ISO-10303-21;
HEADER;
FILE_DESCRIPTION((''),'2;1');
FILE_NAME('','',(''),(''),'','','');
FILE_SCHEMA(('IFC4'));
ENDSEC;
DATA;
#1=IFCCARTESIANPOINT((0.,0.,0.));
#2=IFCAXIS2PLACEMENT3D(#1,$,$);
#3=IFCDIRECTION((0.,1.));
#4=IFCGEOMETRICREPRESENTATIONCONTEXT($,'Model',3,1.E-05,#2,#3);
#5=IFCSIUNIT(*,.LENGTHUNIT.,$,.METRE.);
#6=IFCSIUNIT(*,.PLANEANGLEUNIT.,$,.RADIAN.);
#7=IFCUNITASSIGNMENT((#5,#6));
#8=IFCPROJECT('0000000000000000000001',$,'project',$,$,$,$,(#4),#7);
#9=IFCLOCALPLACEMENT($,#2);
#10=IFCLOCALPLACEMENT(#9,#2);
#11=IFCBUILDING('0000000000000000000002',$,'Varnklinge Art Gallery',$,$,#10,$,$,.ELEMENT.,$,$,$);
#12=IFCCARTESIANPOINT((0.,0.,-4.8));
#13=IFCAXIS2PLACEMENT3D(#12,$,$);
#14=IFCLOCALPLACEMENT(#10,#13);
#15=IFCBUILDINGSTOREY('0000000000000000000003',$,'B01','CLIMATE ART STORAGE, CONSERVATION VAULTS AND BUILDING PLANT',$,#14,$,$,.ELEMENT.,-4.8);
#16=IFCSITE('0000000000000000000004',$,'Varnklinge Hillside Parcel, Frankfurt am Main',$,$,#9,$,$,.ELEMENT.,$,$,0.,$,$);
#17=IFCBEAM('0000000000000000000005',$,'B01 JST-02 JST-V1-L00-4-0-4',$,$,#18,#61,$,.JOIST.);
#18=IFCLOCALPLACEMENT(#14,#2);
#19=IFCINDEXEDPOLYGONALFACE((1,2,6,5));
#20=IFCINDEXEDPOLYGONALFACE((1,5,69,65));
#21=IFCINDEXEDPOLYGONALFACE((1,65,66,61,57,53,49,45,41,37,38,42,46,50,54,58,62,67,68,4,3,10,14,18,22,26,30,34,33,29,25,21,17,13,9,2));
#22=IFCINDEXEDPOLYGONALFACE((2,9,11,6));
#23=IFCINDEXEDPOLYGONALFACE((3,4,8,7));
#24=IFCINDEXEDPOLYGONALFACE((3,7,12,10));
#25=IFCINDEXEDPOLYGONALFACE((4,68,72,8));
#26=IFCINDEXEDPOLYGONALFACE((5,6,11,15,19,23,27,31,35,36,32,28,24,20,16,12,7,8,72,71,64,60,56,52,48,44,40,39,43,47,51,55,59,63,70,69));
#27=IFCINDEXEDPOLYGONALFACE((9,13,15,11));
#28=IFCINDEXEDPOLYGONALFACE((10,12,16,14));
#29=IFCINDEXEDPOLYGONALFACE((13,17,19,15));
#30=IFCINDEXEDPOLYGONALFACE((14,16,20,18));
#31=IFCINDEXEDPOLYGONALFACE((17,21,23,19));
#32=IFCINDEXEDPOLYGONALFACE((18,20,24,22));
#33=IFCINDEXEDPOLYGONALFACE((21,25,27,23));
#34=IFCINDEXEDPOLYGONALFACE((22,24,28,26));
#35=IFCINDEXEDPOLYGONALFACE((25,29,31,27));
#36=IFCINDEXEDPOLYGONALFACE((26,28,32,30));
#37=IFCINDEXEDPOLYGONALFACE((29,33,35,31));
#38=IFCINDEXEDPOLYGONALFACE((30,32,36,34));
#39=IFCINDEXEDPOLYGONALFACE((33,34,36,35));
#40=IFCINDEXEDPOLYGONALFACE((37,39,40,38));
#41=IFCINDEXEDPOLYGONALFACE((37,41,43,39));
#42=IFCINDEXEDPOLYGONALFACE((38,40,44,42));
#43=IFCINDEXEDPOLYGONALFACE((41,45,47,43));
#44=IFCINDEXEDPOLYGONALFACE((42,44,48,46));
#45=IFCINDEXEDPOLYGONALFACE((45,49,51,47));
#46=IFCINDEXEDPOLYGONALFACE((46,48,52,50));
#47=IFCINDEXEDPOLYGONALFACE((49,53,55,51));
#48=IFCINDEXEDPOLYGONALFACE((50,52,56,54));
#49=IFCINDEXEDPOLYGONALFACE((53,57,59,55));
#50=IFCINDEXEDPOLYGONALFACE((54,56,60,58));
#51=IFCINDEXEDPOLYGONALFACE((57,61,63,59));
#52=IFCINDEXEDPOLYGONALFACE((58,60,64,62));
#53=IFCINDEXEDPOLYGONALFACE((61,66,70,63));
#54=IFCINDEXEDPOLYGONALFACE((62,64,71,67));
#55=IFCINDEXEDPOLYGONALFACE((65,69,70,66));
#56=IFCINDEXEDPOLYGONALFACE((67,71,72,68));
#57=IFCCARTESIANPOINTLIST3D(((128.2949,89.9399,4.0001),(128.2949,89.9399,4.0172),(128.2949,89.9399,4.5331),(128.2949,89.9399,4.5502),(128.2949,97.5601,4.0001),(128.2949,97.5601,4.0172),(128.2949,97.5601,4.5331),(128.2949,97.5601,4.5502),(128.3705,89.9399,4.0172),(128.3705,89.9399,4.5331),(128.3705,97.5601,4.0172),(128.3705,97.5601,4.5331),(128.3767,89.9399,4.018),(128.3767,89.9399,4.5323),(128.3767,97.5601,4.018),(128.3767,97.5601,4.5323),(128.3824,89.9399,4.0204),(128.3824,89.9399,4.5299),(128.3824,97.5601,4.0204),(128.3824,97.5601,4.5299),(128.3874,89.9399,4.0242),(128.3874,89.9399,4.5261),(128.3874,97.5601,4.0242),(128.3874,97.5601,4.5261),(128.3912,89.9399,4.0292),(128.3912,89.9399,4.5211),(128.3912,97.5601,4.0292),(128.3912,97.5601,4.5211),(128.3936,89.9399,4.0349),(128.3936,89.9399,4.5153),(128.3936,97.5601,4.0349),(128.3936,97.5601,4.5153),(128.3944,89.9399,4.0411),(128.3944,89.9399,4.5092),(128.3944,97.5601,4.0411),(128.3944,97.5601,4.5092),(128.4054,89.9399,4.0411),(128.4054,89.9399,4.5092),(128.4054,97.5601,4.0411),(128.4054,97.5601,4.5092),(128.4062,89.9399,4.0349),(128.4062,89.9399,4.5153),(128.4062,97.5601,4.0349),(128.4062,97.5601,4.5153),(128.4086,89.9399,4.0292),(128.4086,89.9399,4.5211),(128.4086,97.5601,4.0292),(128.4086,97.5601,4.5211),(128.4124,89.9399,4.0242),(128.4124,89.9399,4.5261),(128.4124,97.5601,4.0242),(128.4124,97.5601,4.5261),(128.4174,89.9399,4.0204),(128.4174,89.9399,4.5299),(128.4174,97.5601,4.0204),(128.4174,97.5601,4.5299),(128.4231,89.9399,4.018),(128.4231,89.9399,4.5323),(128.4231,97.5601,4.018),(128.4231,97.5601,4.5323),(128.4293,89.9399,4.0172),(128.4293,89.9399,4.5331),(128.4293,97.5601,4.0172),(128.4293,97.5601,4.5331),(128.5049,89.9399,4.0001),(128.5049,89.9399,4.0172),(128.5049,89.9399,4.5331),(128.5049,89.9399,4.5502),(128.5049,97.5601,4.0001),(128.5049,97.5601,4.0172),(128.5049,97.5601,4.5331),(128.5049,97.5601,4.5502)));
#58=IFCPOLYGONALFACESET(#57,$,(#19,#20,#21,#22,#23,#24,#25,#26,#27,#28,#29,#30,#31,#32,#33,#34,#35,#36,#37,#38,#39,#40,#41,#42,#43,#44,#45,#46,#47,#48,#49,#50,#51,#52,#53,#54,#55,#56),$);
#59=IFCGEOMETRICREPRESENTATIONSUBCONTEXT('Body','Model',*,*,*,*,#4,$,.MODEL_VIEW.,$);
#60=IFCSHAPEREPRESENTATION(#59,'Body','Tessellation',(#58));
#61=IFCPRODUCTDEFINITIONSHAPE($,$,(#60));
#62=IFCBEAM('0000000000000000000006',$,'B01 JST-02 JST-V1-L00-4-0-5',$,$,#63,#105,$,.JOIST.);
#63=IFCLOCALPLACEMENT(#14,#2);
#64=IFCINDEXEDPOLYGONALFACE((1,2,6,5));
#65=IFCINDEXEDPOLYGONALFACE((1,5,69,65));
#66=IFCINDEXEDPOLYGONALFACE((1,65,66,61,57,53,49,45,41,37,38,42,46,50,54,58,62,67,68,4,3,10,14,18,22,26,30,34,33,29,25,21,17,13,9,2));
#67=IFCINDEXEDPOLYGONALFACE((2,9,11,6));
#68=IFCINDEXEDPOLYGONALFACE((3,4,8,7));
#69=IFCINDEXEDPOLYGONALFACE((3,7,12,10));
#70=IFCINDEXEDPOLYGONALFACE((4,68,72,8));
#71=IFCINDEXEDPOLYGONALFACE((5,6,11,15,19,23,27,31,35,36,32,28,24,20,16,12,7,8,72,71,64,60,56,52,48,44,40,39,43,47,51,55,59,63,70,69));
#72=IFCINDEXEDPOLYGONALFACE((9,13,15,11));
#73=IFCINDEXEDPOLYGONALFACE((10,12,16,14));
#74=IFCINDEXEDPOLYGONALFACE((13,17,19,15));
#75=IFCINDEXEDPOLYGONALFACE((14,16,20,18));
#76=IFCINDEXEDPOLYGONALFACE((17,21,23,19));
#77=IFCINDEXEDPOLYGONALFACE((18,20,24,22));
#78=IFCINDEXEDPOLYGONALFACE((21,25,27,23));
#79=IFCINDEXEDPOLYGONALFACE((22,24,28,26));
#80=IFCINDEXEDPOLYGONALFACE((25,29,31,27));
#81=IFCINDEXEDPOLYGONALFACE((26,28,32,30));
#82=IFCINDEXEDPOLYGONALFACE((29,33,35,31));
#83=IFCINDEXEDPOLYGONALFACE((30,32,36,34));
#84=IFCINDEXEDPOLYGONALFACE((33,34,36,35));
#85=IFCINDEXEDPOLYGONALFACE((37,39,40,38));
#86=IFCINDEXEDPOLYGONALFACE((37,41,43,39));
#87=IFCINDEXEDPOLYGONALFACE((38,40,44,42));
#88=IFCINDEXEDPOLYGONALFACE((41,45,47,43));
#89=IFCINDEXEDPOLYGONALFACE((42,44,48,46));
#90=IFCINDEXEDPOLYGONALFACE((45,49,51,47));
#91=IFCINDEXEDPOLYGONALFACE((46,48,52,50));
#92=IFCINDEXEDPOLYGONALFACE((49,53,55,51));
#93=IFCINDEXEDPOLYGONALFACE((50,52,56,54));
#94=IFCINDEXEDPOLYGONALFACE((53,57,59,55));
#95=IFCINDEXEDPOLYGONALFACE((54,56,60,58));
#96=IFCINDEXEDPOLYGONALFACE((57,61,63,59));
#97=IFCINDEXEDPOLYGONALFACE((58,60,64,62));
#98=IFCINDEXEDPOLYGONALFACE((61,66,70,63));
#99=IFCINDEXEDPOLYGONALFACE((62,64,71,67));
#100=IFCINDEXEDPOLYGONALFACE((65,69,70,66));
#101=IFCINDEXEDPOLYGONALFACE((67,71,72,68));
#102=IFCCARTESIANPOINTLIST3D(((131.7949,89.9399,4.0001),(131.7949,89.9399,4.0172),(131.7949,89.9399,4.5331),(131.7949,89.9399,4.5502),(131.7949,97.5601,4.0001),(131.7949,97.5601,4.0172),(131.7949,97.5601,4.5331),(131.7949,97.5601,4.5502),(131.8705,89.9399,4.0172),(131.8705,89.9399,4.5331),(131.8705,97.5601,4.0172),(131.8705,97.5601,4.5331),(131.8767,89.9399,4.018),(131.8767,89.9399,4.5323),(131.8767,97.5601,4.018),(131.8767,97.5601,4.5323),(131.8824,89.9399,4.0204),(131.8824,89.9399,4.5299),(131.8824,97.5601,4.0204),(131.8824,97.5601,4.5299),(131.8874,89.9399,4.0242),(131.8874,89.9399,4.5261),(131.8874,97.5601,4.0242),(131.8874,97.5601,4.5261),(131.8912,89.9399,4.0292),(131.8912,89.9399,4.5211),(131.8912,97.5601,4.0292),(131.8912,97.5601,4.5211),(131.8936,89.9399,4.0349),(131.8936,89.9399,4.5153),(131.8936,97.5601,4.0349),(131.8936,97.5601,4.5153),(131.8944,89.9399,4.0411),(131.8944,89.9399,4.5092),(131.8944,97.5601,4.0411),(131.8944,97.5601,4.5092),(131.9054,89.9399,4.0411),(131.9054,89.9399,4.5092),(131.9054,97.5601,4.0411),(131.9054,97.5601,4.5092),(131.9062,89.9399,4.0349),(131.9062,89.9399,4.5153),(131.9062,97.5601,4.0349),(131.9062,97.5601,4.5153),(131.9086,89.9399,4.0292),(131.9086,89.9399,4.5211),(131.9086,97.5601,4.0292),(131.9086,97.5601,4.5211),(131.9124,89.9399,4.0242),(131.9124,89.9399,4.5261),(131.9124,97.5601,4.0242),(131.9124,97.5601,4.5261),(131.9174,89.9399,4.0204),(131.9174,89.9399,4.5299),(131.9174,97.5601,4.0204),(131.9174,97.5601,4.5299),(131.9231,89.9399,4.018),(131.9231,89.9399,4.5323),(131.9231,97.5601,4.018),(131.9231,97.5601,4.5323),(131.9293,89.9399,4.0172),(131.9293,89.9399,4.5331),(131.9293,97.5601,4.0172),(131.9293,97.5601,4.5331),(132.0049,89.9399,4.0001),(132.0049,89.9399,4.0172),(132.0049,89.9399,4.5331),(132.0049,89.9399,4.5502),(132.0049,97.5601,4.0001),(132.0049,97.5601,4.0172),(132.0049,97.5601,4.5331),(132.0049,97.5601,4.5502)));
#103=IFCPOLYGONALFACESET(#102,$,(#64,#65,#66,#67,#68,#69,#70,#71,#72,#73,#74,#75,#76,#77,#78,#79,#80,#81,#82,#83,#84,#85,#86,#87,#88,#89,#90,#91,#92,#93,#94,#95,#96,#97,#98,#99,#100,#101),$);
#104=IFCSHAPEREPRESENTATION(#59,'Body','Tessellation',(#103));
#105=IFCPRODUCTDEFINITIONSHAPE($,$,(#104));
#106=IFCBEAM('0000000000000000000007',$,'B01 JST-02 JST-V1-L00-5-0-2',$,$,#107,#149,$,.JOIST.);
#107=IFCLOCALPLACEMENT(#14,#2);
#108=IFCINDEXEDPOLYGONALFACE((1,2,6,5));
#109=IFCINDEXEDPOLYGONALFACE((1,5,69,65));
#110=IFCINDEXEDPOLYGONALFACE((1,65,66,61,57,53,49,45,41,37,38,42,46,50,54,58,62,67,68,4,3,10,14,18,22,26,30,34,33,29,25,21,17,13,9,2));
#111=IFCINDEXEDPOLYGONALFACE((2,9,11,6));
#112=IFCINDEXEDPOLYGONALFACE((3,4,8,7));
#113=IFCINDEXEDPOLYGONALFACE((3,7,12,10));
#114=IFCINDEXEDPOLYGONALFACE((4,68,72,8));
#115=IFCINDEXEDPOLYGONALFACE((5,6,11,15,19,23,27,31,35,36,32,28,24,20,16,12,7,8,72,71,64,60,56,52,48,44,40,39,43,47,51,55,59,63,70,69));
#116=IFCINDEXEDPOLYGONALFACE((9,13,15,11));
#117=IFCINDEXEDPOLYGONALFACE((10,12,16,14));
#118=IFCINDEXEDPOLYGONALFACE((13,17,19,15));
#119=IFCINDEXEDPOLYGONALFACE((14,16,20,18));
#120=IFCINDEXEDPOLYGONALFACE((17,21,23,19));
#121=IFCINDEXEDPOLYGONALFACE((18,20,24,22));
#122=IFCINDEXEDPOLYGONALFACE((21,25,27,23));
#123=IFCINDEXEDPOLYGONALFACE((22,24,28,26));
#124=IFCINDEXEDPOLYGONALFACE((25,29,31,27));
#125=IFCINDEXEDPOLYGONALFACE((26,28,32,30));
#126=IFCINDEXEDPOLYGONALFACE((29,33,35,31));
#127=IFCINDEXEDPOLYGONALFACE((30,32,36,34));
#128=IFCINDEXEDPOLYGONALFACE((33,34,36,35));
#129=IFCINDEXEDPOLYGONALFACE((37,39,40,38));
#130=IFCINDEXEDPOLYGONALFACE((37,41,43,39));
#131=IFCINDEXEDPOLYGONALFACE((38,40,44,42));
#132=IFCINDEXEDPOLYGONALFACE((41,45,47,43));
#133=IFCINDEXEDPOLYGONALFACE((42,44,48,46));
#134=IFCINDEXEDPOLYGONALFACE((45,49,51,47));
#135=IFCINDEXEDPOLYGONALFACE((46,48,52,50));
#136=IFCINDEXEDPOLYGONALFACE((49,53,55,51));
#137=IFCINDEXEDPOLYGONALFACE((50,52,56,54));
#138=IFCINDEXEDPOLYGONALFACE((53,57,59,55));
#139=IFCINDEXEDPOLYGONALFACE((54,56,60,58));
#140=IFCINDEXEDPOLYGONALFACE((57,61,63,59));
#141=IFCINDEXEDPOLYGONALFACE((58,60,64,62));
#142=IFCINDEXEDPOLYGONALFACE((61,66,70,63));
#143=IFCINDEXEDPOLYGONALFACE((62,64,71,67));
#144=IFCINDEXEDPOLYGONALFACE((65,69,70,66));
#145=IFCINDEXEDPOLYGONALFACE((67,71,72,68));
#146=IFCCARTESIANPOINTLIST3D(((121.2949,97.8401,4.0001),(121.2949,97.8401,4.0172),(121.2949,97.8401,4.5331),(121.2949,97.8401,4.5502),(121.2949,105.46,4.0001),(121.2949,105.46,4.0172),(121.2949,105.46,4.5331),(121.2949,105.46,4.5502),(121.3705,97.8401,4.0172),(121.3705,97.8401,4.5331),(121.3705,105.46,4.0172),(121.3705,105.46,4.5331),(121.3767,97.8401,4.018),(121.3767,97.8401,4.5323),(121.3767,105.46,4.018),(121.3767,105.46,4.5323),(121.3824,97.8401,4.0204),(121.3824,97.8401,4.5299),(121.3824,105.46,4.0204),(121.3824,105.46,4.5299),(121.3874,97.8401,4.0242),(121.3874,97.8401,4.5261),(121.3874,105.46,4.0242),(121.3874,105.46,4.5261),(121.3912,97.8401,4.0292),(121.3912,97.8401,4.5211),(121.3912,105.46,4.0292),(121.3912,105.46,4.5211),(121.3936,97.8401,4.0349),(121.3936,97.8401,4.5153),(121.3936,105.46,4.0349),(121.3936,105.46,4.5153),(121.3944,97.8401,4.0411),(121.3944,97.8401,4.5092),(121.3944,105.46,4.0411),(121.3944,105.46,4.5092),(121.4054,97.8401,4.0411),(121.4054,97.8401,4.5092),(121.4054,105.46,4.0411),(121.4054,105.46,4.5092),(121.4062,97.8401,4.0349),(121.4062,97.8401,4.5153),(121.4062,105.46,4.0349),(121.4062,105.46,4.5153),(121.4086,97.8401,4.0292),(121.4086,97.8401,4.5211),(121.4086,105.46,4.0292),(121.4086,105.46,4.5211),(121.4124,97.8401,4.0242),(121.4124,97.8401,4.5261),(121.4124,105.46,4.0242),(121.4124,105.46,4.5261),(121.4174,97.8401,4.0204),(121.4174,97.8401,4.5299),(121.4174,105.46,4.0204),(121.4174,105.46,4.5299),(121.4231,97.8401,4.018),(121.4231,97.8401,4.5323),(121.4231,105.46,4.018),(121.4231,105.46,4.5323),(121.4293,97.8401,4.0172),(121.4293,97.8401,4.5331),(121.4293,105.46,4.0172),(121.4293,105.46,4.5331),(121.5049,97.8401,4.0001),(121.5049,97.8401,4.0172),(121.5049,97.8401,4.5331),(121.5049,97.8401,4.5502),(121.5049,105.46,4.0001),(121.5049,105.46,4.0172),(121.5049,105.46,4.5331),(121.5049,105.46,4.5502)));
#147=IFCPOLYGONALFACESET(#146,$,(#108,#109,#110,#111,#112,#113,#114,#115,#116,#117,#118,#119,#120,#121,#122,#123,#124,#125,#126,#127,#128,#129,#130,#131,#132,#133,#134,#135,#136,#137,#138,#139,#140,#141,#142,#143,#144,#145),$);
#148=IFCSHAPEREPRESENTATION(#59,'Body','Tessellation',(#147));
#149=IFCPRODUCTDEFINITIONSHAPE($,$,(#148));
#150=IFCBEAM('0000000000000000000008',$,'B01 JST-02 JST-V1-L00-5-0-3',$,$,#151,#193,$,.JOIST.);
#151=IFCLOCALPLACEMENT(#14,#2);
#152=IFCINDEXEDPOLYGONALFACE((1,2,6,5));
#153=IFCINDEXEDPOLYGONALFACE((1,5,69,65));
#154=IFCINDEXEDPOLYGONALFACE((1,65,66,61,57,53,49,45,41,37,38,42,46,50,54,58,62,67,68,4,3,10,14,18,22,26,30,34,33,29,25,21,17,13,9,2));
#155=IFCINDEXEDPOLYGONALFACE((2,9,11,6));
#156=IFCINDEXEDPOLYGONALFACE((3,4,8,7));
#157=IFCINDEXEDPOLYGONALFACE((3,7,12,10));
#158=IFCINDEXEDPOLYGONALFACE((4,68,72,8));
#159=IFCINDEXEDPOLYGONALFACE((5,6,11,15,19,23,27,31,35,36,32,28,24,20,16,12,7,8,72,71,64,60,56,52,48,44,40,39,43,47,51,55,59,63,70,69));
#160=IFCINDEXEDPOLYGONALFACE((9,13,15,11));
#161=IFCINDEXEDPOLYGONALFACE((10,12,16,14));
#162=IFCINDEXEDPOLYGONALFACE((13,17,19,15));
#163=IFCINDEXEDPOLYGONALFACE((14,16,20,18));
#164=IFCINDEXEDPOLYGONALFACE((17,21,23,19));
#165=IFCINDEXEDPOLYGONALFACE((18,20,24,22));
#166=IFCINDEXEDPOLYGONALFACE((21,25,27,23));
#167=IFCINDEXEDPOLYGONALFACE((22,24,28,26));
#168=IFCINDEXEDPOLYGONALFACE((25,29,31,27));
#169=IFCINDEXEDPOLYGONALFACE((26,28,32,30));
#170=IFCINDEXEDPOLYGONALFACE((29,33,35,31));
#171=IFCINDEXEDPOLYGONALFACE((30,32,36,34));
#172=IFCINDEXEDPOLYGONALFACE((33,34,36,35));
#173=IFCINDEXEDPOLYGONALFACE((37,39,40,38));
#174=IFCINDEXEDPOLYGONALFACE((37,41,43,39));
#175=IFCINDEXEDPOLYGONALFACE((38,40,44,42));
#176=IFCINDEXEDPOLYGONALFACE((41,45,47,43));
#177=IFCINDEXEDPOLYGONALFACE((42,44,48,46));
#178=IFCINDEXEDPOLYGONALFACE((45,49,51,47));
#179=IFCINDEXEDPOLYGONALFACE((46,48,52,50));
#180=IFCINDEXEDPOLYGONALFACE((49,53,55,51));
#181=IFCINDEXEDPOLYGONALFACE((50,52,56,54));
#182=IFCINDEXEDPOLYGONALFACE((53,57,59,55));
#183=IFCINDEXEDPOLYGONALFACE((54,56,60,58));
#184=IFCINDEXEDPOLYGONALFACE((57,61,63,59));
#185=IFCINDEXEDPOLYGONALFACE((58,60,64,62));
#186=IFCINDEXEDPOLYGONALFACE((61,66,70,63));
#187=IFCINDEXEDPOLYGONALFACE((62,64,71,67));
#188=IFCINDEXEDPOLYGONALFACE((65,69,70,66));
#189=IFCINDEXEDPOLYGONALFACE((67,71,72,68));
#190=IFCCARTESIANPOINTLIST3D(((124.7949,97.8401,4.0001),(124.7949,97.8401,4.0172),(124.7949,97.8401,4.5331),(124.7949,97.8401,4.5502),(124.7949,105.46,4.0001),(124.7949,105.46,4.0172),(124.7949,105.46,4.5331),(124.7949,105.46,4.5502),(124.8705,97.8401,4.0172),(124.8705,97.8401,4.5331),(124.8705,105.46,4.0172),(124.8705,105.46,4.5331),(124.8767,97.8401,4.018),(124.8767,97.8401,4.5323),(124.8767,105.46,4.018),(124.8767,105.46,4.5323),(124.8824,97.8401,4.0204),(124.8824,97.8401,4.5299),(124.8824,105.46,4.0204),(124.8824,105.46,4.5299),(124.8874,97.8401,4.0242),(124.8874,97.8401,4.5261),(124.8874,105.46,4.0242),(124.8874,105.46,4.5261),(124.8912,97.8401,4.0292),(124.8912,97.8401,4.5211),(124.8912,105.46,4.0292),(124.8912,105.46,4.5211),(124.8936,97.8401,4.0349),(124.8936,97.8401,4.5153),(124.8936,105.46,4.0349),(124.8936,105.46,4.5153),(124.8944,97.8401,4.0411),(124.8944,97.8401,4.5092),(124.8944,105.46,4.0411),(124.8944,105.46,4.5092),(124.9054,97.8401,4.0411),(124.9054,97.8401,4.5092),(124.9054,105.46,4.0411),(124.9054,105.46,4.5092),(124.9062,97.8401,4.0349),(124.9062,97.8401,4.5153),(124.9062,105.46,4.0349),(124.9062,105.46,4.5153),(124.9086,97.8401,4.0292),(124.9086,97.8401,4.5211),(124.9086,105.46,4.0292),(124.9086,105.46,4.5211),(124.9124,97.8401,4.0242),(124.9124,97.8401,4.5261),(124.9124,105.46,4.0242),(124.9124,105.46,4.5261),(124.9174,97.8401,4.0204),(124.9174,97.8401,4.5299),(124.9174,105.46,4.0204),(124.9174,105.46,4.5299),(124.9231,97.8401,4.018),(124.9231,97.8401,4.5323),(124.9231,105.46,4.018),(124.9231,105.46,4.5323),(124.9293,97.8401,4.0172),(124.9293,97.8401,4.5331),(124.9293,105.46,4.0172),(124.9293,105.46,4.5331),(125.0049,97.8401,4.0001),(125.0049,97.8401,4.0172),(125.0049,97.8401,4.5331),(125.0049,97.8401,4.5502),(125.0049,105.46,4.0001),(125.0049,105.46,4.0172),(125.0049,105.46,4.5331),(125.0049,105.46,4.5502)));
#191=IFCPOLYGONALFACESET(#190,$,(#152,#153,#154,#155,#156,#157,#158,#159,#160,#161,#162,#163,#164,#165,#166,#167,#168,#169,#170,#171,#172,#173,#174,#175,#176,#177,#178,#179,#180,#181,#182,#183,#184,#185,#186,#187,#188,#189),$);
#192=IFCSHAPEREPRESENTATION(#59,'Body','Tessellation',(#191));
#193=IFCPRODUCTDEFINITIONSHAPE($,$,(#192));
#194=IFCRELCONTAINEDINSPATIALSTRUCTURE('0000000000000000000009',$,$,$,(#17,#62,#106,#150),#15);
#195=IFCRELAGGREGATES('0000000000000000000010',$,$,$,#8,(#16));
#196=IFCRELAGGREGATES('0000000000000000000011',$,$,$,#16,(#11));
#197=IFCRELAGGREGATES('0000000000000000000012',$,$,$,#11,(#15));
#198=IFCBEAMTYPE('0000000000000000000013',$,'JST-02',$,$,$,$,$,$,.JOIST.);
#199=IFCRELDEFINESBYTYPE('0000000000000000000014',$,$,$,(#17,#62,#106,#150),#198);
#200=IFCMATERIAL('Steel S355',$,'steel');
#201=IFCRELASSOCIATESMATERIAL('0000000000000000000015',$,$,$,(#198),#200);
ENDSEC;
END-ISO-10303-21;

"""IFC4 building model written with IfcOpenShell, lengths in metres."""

from ifc_helpers import new_model, si_unit, direction, frame, origin, origin_2d, place, context, subcontext, project, spatial, i_section, extrude, material, material_profile, profile_set, type_object, element, save


model = new_model("IFC4")

# Units and contexts
model_context = context("Model", 3, precision=1e-05, world=origin(), true_north=direction((0.0, 1.0)))
body_context = subcontext(model_context, "Body", "Model", "MODEL_VIEW")
ifc_project = project(units=[si_unit("LENGTHUNIT", "METRE"), si_unit("PLANEANGLEUNIT", "RADIAN")], contexts=[model_context])

# Site, building, storey
site_placement = place(None, origin())
site = spatial("IfcSite", under=ifc_project, at=site_placement, Name="Varnklinge Hillside Parcel, Frankfurt am Main", CompositionType="ELEMENT", RefElevation=0.0)
building_placement = place(site_placement, origin())
building = spatial("IfcBuilding", under=site, at=building_placement, Name="Varnklinge Art Gallery", CompositionType="ELEMENT")
storey_placement = place(building_placement, frame((0.0, 0.0, -4.8)))
storey = spatial("IfcBuildingStorey", under=building, at=storey_placement, Name="B01", Description="CLIMATE ART STORAGE, CONSERVATION VAULTS AND BUILDING PLANT", CompositionType="ELEMENT", Elevation=-4.8)

# Beams
ifc_material_1 = material(Name="Steel S355", Category="steel")
ifc_material_profile_1 = material_profile(ifc_material_1, i_section(OverallWidth=0.21, OverallDepth=0.55, WebThickness=0.011, FlangeThickness=0.0171, FilletRadius=0.0239, at=origin_2d()), Name="IPE 550")
ifc_profile_set_1 = profile_set([ifc_material_profile_1], Name="Steel S355")
beam_type_1 = type_object("IfcBeamType", Name="JST-02", PredefinedType="JOIST", material=ifc_profile_set_1)
for number, where, z_axis, x_axis, name in (
    (1, (128.3999, 89.9399, 4.2751), (0.0, 1.0, 0.0), (-1.0, 0.0, 0.0), "B01 JST-02 JST-V1-L00-4-0-4"),
    (2, (131.8999, 89.9399, 4.2751), (0.0, 1.0, 0.0), (-1.0, 0.0, 0.0), "B01 JST-02 JST-V1-L00-4-0-5"),
):
    element("IfcBeam", number, at=place(storey_placement, frame(where, z_axis=z_axis, x_axis=x_axis)), inside=storey, type_object=beam_type_1, Name=name, PredefinedType="JOIST", context=body_context, shape_type="SweptSolid", body=[
        extrude(i_section(OverallWidth=0.21, OverallDepth=0.55, WebThickness=0.011, FlangeThickness=0.0171, FilletRadius=0.0239, at=origin_2d()), origin(), (0.0, 0.0, 1.0), 7.6201),
    ])
for number, where, z_axis, x_axis, name in (
    (3, (121.3999, 97.8401, 4.2751), (0.0, 1.0, 0.0), (-1.0, 0.0, 0.0), "B01 JST-02 JST-V1-L00-5-0-2"),
    (4, (124.8999, 97.8401, 4.2751), (0.0, 1.0, 0.0), (-1.0, 0.0, 0.0), "B01 JST-02 JST-V1-L00-5-0-3"),
):
    element("IfcBeam", number, at=place(storey_placement, frame(where, z_axis=z_axis, x_axis=x_axis)), inside=storey, type_object=beam_type_1, Name=name, PredefinedType="JOIST", context=body_context, shape_type="SweptSolid", body=[
        extrude(i_section(OverallWidth=0.21, OverallDepth=0.55, WebThickness=0.011, FlangeThickness=0.0171, FilletRadius=0.0239, at=origin_2d()), origin(), (0.0, 0.0, 1.0), 7.6199),
    ])

save(model, "model.ifc")
